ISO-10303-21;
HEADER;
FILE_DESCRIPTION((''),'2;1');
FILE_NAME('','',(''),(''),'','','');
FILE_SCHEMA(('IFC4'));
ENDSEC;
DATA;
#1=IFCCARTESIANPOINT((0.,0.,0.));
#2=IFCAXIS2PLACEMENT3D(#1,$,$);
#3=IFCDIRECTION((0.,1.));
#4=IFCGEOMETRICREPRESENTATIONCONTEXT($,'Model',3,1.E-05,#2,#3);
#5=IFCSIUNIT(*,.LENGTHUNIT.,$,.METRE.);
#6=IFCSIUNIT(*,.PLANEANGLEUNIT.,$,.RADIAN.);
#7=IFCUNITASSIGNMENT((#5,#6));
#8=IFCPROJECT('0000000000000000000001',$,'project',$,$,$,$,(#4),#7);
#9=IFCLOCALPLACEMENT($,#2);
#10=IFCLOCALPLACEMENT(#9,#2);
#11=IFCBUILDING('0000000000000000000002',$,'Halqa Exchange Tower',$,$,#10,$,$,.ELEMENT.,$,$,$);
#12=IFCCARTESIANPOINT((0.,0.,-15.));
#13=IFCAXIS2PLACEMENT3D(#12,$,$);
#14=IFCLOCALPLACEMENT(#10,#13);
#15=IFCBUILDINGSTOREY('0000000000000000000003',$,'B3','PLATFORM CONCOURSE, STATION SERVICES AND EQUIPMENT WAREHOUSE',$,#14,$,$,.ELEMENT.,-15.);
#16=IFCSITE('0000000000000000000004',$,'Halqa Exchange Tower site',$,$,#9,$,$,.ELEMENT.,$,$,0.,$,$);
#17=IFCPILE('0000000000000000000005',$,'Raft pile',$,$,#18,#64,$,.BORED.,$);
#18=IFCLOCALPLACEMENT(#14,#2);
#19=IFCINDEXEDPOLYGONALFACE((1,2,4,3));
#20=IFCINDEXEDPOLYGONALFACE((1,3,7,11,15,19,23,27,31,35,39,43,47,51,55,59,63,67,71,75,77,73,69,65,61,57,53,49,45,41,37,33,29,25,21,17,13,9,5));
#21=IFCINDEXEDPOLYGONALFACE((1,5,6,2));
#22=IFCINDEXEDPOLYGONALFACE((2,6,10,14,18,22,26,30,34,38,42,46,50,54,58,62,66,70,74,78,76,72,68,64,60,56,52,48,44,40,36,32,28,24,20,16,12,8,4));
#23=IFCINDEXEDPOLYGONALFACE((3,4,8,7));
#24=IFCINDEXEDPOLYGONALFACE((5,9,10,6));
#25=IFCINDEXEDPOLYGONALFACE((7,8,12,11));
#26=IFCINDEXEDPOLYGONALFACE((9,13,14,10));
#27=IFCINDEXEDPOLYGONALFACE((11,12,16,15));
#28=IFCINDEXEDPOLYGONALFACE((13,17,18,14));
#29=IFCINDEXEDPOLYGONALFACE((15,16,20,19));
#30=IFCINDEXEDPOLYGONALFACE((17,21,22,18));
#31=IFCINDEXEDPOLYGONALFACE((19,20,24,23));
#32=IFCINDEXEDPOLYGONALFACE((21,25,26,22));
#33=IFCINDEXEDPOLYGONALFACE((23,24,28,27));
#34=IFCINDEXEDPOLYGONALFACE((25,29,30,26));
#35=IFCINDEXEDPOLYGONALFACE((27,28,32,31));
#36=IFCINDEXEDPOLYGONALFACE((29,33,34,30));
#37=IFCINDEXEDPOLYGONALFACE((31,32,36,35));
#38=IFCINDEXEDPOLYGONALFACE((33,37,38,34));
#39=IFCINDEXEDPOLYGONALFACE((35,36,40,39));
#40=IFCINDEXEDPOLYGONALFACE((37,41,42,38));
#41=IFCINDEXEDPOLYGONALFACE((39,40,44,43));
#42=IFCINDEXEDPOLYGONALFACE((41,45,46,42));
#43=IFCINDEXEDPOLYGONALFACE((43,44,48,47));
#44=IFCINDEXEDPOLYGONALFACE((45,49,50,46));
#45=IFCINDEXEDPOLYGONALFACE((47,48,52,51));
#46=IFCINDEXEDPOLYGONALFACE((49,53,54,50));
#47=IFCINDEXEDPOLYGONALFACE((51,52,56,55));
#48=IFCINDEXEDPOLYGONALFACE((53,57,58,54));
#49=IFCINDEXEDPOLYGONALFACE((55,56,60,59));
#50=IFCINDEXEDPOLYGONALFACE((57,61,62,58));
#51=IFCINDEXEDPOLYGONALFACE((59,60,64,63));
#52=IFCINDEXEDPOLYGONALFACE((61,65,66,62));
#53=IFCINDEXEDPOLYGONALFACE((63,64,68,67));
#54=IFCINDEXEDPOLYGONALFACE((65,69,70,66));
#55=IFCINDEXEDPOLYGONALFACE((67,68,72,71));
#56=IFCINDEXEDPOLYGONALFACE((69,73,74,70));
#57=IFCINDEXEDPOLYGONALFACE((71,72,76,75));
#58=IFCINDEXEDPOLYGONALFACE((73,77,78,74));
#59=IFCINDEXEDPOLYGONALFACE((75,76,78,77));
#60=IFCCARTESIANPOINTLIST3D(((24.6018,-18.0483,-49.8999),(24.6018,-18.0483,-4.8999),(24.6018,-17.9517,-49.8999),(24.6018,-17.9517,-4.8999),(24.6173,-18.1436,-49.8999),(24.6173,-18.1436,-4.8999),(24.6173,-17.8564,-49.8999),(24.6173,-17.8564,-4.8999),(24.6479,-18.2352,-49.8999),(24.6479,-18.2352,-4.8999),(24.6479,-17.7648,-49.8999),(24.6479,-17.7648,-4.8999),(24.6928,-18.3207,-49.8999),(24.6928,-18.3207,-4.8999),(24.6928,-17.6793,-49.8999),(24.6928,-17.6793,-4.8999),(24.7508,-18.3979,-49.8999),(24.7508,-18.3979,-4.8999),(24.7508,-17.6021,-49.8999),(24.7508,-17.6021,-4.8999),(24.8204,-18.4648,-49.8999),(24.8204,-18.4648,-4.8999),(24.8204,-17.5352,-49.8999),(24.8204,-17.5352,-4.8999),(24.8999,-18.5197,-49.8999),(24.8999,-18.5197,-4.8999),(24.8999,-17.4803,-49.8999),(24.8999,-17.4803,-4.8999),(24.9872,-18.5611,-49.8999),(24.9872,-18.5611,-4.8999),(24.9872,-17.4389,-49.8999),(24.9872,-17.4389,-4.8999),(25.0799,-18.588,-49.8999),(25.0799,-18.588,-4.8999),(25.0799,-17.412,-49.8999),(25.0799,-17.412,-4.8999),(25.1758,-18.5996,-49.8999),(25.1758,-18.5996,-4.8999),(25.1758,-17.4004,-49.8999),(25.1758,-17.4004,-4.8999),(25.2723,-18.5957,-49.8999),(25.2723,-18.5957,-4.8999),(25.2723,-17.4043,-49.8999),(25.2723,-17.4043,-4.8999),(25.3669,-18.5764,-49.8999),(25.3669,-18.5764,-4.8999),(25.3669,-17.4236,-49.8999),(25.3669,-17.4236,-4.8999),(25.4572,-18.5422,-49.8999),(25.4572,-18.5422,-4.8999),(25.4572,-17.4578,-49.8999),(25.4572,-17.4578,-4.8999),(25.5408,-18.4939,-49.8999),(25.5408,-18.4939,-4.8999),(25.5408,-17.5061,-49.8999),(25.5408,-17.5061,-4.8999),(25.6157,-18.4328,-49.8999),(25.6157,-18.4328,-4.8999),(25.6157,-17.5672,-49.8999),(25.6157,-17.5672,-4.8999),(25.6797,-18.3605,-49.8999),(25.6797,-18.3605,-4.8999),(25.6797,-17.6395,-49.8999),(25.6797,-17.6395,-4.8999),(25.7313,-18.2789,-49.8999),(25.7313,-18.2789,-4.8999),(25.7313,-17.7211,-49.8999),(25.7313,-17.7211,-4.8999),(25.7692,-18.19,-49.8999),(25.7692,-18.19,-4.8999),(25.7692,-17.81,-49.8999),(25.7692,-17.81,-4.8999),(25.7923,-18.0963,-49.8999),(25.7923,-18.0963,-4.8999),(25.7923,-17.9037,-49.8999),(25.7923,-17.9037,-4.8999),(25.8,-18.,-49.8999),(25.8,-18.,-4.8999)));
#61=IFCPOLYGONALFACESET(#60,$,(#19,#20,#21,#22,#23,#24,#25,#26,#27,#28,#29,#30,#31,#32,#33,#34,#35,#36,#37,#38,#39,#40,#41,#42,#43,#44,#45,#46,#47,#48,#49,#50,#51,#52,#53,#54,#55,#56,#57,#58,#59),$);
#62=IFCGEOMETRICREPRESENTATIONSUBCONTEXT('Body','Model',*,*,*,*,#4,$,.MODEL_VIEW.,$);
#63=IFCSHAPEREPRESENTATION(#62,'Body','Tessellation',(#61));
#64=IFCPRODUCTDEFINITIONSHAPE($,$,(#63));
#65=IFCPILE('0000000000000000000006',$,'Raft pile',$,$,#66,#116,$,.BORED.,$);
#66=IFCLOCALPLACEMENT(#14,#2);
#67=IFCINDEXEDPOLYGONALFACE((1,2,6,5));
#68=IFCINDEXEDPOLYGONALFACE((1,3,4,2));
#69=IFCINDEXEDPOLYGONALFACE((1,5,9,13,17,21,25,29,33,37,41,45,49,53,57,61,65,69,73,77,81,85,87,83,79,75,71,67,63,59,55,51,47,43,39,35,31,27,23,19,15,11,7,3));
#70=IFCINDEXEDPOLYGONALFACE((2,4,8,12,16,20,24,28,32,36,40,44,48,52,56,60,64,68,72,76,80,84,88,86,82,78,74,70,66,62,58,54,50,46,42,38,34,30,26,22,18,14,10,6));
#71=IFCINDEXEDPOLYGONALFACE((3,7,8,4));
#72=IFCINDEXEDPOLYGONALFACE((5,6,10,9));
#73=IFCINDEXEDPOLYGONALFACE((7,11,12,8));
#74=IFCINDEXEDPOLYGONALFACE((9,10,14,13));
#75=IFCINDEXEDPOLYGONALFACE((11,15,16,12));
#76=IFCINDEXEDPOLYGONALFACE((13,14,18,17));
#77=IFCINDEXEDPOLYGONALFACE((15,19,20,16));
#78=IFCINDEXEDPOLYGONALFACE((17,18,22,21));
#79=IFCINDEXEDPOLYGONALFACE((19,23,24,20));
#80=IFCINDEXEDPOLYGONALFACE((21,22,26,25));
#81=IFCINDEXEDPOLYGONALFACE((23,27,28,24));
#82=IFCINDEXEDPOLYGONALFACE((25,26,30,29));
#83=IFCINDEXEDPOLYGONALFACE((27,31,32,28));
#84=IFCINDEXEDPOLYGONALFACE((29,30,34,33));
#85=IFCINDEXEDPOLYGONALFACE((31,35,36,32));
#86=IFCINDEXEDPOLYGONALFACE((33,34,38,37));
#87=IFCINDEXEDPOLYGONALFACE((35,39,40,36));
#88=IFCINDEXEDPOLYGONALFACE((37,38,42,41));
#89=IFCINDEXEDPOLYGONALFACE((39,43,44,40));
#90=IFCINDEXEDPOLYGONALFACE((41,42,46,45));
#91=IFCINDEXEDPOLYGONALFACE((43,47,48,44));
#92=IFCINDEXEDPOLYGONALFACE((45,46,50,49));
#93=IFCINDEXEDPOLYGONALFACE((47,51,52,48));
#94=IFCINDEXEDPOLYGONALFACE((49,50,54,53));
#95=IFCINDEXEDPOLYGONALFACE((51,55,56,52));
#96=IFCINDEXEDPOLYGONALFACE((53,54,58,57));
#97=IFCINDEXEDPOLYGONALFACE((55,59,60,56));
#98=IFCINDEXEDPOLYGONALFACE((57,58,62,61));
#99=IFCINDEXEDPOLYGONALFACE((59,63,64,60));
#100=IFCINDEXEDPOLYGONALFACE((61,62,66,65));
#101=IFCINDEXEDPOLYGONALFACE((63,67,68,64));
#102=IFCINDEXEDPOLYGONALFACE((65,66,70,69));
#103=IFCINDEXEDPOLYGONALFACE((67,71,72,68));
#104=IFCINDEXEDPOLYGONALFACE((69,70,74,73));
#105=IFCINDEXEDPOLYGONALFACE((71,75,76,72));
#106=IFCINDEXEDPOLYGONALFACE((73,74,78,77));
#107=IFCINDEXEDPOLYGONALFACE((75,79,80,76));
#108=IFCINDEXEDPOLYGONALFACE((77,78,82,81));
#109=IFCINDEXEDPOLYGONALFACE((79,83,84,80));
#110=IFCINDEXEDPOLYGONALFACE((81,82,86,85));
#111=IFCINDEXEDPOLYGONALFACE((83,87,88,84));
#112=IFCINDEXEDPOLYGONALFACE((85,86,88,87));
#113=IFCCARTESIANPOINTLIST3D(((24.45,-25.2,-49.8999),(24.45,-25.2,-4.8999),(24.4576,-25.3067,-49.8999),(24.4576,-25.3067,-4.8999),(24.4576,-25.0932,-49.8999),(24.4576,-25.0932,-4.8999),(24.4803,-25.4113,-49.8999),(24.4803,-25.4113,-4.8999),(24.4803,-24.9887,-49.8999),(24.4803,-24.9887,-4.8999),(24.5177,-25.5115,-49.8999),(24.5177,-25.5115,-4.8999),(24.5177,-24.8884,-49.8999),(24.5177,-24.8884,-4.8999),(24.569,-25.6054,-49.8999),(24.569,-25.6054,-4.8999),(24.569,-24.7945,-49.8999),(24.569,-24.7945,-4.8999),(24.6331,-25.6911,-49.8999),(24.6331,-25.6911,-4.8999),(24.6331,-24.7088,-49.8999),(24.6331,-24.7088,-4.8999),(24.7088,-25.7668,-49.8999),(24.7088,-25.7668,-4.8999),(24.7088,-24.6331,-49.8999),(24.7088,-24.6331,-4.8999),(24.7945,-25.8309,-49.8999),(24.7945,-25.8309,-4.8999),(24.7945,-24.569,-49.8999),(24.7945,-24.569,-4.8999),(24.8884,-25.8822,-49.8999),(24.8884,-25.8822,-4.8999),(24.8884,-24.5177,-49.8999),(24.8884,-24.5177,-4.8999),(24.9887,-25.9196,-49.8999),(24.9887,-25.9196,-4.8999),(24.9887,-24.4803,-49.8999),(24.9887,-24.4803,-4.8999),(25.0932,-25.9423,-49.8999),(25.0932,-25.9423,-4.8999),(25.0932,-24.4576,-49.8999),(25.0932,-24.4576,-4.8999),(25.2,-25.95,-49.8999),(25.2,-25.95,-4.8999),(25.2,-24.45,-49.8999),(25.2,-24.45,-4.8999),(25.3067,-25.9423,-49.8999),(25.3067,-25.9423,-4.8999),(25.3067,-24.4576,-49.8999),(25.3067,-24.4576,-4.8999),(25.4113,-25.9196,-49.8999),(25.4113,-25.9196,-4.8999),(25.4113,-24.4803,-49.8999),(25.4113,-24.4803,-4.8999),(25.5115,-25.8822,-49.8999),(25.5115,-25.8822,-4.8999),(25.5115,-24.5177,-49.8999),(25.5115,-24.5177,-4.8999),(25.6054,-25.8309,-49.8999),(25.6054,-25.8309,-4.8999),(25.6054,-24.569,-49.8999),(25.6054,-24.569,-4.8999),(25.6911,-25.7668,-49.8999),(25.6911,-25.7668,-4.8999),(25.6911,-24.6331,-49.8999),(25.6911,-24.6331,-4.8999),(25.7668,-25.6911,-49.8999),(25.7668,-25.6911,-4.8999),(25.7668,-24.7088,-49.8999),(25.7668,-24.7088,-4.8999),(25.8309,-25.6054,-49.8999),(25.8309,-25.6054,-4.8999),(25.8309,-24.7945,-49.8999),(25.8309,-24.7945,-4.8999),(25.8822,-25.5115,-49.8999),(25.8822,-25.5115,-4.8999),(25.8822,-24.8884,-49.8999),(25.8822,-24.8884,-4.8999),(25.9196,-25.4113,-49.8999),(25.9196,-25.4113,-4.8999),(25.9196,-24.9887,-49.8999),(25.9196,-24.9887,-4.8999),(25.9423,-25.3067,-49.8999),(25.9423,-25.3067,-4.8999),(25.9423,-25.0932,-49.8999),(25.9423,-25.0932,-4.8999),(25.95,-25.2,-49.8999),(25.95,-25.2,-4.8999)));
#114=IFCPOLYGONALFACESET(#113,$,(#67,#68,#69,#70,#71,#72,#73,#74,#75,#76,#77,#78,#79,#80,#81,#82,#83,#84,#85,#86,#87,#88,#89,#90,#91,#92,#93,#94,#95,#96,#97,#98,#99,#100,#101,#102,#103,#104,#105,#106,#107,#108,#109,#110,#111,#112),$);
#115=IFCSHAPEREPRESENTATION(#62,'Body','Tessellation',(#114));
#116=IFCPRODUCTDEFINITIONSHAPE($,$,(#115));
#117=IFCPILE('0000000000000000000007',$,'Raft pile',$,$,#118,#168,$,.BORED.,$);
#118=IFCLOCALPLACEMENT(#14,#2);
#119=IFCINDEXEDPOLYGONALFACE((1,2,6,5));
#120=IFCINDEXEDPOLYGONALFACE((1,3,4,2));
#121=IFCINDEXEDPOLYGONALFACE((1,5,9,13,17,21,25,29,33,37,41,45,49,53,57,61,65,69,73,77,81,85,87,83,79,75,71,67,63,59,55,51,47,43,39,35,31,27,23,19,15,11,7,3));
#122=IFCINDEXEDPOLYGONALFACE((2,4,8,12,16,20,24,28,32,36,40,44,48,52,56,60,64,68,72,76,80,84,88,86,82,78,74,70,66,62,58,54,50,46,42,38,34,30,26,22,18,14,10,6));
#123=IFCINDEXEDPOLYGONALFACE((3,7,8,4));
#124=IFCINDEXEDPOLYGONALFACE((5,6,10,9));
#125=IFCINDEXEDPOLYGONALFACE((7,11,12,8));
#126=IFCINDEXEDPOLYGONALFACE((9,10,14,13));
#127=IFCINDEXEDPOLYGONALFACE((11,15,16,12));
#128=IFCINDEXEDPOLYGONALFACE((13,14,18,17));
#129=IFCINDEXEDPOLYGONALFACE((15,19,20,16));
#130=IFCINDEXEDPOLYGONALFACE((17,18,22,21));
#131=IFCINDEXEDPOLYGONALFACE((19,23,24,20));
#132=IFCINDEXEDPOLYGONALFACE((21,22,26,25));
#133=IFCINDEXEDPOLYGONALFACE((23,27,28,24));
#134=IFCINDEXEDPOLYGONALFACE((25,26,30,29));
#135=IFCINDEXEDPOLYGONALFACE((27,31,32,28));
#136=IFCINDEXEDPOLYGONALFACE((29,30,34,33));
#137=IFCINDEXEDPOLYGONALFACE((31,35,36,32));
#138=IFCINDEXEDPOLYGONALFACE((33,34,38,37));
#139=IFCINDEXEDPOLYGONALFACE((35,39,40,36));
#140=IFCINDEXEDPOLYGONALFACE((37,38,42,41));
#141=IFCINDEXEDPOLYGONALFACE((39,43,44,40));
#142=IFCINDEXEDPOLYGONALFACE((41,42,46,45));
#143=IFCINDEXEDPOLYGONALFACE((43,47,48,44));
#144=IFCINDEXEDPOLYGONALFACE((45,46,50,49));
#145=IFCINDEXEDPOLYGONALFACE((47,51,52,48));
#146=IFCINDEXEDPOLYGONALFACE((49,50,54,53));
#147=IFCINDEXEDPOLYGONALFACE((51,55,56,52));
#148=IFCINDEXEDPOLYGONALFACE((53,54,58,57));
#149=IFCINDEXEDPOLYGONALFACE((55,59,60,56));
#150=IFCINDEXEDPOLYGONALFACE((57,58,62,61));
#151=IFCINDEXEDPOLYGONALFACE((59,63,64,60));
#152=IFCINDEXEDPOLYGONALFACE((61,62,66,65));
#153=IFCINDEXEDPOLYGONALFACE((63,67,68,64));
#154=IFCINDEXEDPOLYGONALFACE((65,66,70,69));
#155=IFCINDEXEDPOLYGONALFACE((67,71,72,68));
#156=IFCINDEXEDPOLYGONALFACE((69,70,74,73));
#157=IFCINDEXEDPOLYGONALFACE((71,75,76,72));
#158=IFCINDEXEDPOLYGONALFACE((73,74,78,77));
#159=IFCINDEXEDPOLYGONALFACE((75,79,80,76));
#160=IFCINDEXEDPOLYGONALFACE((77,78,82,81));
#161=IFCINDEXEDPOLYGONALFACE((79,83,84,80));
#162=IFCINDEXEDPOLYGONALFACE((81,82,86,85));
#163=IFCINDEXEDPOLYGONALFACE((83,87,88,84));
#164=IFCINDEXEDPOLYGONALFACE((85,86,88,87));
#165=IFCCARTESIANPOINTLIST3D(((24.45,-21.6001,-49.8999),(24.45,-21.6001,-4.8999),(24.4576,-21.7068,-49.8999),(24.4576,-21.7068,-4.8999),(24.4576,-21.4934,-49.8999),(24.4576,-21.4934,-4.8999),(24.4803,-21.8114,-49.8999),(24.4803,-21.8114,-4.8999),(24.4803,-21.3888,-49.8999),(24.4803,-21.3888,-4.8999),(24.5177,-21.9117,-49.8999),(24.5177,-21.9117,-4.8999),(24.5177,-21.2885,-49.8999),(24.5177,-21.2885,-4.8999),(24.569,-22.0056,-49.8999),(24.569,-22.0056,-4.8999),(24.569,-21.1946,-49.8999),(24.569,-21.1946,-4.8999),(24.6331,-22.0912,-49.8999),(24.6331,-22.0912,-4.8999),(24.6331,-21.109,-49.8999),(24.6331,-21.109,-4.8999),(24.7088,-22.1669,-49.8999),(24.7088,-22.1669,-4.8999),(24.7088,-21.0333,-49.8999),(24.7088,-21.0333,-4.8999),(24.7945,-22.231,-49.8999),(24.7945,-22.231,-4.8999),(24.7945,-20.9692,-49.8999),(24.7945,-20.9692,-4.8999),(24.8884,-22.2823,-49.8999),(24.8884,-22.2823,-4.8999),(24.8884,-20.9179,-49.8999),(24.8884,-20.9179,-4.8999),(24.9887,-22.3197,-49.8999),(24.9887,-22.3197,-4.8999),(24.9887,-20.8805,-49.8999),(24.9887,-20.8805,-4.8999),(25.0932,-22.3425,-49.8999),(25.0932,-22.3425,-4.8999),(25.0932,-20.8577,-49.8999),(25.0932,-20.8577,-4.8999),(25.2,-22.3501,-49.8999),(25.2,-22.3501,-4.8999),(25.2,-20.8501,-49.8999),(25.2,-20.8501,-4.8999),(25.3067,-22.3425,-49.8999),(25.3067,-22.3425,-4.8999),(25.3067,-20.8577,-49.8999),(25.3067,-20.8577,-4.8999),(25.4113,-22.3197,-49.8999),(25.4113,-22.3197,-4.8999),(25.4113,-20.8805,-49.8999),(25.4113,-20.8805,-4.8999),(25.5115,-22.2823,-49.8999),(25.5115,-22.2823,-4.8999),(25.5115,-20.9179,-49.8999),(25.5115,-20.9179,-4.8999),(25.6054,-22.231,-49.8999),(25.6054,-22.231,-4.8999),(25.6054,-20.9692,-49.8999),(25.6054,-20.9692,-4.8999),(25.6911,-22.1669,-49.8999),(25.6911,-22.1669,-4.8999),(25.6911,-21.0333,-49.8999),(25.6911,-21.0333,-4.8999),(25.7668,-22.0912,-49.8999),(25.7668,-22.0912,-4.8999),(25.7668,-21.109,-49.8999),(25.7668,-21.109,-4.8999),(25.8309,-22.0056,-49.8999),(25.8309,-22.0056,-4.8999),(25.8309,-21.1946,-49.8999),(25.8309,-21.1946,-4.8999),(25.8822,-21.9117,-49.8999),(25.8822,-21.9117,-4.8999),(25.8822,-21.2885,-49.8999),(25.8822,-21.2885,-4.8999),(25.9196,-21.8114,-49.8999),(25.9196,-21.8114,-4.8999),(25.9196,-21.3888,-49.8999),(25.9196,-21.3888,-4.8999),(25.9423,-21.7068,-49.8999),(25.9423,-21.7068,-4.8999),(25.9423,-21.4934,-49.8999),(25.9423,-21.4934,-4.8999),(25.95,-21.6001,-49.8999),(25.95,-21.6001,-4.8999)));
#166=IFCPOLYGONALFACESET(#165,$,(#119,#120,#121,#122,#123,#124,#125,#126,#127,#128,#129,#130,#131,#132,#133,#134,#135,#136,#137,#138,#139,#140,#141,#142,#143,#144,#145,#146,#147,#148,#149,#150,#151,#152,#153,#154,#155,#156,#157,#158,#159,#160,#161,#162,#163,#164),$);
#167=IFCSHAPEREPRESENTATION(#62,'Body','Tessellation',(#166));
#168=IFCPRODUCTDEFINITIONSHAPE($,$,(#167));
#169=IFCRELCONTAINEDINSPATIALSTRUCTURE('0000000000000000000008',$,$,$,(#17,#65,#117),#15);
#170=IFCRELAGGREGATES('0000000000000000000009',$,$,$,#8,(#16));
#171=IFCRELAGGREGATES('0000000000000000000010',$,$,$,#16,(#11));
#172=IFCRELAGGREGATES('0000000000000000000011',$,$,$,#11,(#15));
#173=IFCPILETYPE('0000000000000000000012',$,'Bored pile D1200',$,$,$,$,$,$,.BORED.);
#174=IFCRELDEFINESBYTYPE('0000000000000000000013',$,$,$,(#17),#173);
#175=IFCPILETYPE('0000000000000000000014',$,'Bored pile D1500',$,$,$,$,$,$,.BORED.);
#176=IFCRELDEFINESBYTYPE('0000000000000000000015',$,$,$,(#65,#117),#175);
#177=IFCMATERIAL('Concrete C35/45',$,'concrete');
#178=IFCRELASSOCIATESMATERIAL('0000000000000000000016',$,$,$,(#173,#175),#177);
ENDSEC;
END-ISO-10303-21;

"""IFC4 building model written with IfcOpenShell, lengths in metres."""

from ifc_helpers import new_model, si_unit, direction, frame, origin, origin_2d, place, context, subcontext, project, spatial, circle, extrude, material, material_profile, profile_set, type_object, element, save


model = new_model("IFC4")

# Units and contexts
model_context = context("Model", 3, precision=1e-05, world=origin(), true_north=direction((0.0, 1.0)))
body_context = subcontext(model_context, "Body", "Model", "MODEL_VIEW")
ifc_project = project(units=[si_unit("LENGTHUNIT", "METRE"), si_unit("PLANEANGLEUNIT", "RADIAN")], contexts=[model_context])

# Site, building, storey
site_placement = place(None, origin())
site = spatial("IfcSite", under=ifc_project, at=site_placement, Name="Halqa Exchange Tower site", CompositionType="ELEMENT", RefElevation=0.0)
building_placement = place(site_placement, origin())
building = spatial("IfcBuilding", under=site, at=building_placement, Name="Halqa Exchange Tower", CompositionType="ELEMENT")
storey_placement = place(building_placement, frame((0.0, 0.0, -15.0)))
storey = spatial("IfcBuildingStorey", under=building, at=storey_placement, Name="B3", Description="PLATFORM CONCOURSE, STATION SERVICES AND EQUIPMENT WAREHOUSE", CompositionType="ELEMENT", Elevation=-15.0)

# Piles
ifc_material_1 = material(Name="Concrete C35/45", Category="concrete")
ifc_material_profile_1 = material_profile(ifc_material_1, circle(Radius=0.6001, at=origin_2d()), Name="D1200")
ifc_profile_set_1 = profile_set([ifc_material_profile_1], Name="Concrete C35/45")
pile_type_1 = type_object("IfcPileType", Name="Bored pile D1200", PredefinedType="BORED", material=ifc_profile_set_1)
pile_placement = place(storey_placement, frame((25.2, -18.0, -4.8999), z_axis=(0.0, 0.0, -1.0), x_axis=(1.0, 0.0, 0.0)))
element("IfcPile", 1, at=pile_placement, inside=storey, type_object=pile_type_1, Name="Raft pile", PredefinedType="BORED", context=body_context, shape_type="SweptSolid", body=[
    extrude(circle(Radius=0.6001, at=origin_2d()), origin(), (0.0, 0.0, 1.0), 45.0),
])
ifc_material_profile_2 = material_profile(ifc_material_1, circle(Radius=0.75, at=origin_2d()), Name="D1500")
ifc_profile_set_2 = profile_set([ifc_material_profile_2], Name="Concrete C35/45")
pile_type_2 = type_object("IfcPileType", Name="Bored pile D1500", PredefinedType="BORED", material=ifc_profile_set_2)
for number, where, z_axis, x_axis, name in (
    (2, (25.2, -25.2, -4.8999), (0.0, 0.0, -1.0), (1.0, 0.0, 0.0), "Raft pile"),
    (3, (25.2, -21.6001, -4.8999), (0.0, 0.0, -1.0), (1.0, 0.0, 0.0), "Raft pile"),
):
    element("IfcPile", number, at=place(storey_placement, frame(where, z_axis=z_axis, x_axis=x_axis)), inside=storey, type_object=pile_type_2, Name=name, PredefinedType="BORED", context=body_context, shape_type="SweptSolid", body=[
        extrude(circle(Radius=0.75, at=origin_2d()), origin(), (0.0, 0.0, 1.0), 45.0),
    ])

save(model, "model.ifc")
